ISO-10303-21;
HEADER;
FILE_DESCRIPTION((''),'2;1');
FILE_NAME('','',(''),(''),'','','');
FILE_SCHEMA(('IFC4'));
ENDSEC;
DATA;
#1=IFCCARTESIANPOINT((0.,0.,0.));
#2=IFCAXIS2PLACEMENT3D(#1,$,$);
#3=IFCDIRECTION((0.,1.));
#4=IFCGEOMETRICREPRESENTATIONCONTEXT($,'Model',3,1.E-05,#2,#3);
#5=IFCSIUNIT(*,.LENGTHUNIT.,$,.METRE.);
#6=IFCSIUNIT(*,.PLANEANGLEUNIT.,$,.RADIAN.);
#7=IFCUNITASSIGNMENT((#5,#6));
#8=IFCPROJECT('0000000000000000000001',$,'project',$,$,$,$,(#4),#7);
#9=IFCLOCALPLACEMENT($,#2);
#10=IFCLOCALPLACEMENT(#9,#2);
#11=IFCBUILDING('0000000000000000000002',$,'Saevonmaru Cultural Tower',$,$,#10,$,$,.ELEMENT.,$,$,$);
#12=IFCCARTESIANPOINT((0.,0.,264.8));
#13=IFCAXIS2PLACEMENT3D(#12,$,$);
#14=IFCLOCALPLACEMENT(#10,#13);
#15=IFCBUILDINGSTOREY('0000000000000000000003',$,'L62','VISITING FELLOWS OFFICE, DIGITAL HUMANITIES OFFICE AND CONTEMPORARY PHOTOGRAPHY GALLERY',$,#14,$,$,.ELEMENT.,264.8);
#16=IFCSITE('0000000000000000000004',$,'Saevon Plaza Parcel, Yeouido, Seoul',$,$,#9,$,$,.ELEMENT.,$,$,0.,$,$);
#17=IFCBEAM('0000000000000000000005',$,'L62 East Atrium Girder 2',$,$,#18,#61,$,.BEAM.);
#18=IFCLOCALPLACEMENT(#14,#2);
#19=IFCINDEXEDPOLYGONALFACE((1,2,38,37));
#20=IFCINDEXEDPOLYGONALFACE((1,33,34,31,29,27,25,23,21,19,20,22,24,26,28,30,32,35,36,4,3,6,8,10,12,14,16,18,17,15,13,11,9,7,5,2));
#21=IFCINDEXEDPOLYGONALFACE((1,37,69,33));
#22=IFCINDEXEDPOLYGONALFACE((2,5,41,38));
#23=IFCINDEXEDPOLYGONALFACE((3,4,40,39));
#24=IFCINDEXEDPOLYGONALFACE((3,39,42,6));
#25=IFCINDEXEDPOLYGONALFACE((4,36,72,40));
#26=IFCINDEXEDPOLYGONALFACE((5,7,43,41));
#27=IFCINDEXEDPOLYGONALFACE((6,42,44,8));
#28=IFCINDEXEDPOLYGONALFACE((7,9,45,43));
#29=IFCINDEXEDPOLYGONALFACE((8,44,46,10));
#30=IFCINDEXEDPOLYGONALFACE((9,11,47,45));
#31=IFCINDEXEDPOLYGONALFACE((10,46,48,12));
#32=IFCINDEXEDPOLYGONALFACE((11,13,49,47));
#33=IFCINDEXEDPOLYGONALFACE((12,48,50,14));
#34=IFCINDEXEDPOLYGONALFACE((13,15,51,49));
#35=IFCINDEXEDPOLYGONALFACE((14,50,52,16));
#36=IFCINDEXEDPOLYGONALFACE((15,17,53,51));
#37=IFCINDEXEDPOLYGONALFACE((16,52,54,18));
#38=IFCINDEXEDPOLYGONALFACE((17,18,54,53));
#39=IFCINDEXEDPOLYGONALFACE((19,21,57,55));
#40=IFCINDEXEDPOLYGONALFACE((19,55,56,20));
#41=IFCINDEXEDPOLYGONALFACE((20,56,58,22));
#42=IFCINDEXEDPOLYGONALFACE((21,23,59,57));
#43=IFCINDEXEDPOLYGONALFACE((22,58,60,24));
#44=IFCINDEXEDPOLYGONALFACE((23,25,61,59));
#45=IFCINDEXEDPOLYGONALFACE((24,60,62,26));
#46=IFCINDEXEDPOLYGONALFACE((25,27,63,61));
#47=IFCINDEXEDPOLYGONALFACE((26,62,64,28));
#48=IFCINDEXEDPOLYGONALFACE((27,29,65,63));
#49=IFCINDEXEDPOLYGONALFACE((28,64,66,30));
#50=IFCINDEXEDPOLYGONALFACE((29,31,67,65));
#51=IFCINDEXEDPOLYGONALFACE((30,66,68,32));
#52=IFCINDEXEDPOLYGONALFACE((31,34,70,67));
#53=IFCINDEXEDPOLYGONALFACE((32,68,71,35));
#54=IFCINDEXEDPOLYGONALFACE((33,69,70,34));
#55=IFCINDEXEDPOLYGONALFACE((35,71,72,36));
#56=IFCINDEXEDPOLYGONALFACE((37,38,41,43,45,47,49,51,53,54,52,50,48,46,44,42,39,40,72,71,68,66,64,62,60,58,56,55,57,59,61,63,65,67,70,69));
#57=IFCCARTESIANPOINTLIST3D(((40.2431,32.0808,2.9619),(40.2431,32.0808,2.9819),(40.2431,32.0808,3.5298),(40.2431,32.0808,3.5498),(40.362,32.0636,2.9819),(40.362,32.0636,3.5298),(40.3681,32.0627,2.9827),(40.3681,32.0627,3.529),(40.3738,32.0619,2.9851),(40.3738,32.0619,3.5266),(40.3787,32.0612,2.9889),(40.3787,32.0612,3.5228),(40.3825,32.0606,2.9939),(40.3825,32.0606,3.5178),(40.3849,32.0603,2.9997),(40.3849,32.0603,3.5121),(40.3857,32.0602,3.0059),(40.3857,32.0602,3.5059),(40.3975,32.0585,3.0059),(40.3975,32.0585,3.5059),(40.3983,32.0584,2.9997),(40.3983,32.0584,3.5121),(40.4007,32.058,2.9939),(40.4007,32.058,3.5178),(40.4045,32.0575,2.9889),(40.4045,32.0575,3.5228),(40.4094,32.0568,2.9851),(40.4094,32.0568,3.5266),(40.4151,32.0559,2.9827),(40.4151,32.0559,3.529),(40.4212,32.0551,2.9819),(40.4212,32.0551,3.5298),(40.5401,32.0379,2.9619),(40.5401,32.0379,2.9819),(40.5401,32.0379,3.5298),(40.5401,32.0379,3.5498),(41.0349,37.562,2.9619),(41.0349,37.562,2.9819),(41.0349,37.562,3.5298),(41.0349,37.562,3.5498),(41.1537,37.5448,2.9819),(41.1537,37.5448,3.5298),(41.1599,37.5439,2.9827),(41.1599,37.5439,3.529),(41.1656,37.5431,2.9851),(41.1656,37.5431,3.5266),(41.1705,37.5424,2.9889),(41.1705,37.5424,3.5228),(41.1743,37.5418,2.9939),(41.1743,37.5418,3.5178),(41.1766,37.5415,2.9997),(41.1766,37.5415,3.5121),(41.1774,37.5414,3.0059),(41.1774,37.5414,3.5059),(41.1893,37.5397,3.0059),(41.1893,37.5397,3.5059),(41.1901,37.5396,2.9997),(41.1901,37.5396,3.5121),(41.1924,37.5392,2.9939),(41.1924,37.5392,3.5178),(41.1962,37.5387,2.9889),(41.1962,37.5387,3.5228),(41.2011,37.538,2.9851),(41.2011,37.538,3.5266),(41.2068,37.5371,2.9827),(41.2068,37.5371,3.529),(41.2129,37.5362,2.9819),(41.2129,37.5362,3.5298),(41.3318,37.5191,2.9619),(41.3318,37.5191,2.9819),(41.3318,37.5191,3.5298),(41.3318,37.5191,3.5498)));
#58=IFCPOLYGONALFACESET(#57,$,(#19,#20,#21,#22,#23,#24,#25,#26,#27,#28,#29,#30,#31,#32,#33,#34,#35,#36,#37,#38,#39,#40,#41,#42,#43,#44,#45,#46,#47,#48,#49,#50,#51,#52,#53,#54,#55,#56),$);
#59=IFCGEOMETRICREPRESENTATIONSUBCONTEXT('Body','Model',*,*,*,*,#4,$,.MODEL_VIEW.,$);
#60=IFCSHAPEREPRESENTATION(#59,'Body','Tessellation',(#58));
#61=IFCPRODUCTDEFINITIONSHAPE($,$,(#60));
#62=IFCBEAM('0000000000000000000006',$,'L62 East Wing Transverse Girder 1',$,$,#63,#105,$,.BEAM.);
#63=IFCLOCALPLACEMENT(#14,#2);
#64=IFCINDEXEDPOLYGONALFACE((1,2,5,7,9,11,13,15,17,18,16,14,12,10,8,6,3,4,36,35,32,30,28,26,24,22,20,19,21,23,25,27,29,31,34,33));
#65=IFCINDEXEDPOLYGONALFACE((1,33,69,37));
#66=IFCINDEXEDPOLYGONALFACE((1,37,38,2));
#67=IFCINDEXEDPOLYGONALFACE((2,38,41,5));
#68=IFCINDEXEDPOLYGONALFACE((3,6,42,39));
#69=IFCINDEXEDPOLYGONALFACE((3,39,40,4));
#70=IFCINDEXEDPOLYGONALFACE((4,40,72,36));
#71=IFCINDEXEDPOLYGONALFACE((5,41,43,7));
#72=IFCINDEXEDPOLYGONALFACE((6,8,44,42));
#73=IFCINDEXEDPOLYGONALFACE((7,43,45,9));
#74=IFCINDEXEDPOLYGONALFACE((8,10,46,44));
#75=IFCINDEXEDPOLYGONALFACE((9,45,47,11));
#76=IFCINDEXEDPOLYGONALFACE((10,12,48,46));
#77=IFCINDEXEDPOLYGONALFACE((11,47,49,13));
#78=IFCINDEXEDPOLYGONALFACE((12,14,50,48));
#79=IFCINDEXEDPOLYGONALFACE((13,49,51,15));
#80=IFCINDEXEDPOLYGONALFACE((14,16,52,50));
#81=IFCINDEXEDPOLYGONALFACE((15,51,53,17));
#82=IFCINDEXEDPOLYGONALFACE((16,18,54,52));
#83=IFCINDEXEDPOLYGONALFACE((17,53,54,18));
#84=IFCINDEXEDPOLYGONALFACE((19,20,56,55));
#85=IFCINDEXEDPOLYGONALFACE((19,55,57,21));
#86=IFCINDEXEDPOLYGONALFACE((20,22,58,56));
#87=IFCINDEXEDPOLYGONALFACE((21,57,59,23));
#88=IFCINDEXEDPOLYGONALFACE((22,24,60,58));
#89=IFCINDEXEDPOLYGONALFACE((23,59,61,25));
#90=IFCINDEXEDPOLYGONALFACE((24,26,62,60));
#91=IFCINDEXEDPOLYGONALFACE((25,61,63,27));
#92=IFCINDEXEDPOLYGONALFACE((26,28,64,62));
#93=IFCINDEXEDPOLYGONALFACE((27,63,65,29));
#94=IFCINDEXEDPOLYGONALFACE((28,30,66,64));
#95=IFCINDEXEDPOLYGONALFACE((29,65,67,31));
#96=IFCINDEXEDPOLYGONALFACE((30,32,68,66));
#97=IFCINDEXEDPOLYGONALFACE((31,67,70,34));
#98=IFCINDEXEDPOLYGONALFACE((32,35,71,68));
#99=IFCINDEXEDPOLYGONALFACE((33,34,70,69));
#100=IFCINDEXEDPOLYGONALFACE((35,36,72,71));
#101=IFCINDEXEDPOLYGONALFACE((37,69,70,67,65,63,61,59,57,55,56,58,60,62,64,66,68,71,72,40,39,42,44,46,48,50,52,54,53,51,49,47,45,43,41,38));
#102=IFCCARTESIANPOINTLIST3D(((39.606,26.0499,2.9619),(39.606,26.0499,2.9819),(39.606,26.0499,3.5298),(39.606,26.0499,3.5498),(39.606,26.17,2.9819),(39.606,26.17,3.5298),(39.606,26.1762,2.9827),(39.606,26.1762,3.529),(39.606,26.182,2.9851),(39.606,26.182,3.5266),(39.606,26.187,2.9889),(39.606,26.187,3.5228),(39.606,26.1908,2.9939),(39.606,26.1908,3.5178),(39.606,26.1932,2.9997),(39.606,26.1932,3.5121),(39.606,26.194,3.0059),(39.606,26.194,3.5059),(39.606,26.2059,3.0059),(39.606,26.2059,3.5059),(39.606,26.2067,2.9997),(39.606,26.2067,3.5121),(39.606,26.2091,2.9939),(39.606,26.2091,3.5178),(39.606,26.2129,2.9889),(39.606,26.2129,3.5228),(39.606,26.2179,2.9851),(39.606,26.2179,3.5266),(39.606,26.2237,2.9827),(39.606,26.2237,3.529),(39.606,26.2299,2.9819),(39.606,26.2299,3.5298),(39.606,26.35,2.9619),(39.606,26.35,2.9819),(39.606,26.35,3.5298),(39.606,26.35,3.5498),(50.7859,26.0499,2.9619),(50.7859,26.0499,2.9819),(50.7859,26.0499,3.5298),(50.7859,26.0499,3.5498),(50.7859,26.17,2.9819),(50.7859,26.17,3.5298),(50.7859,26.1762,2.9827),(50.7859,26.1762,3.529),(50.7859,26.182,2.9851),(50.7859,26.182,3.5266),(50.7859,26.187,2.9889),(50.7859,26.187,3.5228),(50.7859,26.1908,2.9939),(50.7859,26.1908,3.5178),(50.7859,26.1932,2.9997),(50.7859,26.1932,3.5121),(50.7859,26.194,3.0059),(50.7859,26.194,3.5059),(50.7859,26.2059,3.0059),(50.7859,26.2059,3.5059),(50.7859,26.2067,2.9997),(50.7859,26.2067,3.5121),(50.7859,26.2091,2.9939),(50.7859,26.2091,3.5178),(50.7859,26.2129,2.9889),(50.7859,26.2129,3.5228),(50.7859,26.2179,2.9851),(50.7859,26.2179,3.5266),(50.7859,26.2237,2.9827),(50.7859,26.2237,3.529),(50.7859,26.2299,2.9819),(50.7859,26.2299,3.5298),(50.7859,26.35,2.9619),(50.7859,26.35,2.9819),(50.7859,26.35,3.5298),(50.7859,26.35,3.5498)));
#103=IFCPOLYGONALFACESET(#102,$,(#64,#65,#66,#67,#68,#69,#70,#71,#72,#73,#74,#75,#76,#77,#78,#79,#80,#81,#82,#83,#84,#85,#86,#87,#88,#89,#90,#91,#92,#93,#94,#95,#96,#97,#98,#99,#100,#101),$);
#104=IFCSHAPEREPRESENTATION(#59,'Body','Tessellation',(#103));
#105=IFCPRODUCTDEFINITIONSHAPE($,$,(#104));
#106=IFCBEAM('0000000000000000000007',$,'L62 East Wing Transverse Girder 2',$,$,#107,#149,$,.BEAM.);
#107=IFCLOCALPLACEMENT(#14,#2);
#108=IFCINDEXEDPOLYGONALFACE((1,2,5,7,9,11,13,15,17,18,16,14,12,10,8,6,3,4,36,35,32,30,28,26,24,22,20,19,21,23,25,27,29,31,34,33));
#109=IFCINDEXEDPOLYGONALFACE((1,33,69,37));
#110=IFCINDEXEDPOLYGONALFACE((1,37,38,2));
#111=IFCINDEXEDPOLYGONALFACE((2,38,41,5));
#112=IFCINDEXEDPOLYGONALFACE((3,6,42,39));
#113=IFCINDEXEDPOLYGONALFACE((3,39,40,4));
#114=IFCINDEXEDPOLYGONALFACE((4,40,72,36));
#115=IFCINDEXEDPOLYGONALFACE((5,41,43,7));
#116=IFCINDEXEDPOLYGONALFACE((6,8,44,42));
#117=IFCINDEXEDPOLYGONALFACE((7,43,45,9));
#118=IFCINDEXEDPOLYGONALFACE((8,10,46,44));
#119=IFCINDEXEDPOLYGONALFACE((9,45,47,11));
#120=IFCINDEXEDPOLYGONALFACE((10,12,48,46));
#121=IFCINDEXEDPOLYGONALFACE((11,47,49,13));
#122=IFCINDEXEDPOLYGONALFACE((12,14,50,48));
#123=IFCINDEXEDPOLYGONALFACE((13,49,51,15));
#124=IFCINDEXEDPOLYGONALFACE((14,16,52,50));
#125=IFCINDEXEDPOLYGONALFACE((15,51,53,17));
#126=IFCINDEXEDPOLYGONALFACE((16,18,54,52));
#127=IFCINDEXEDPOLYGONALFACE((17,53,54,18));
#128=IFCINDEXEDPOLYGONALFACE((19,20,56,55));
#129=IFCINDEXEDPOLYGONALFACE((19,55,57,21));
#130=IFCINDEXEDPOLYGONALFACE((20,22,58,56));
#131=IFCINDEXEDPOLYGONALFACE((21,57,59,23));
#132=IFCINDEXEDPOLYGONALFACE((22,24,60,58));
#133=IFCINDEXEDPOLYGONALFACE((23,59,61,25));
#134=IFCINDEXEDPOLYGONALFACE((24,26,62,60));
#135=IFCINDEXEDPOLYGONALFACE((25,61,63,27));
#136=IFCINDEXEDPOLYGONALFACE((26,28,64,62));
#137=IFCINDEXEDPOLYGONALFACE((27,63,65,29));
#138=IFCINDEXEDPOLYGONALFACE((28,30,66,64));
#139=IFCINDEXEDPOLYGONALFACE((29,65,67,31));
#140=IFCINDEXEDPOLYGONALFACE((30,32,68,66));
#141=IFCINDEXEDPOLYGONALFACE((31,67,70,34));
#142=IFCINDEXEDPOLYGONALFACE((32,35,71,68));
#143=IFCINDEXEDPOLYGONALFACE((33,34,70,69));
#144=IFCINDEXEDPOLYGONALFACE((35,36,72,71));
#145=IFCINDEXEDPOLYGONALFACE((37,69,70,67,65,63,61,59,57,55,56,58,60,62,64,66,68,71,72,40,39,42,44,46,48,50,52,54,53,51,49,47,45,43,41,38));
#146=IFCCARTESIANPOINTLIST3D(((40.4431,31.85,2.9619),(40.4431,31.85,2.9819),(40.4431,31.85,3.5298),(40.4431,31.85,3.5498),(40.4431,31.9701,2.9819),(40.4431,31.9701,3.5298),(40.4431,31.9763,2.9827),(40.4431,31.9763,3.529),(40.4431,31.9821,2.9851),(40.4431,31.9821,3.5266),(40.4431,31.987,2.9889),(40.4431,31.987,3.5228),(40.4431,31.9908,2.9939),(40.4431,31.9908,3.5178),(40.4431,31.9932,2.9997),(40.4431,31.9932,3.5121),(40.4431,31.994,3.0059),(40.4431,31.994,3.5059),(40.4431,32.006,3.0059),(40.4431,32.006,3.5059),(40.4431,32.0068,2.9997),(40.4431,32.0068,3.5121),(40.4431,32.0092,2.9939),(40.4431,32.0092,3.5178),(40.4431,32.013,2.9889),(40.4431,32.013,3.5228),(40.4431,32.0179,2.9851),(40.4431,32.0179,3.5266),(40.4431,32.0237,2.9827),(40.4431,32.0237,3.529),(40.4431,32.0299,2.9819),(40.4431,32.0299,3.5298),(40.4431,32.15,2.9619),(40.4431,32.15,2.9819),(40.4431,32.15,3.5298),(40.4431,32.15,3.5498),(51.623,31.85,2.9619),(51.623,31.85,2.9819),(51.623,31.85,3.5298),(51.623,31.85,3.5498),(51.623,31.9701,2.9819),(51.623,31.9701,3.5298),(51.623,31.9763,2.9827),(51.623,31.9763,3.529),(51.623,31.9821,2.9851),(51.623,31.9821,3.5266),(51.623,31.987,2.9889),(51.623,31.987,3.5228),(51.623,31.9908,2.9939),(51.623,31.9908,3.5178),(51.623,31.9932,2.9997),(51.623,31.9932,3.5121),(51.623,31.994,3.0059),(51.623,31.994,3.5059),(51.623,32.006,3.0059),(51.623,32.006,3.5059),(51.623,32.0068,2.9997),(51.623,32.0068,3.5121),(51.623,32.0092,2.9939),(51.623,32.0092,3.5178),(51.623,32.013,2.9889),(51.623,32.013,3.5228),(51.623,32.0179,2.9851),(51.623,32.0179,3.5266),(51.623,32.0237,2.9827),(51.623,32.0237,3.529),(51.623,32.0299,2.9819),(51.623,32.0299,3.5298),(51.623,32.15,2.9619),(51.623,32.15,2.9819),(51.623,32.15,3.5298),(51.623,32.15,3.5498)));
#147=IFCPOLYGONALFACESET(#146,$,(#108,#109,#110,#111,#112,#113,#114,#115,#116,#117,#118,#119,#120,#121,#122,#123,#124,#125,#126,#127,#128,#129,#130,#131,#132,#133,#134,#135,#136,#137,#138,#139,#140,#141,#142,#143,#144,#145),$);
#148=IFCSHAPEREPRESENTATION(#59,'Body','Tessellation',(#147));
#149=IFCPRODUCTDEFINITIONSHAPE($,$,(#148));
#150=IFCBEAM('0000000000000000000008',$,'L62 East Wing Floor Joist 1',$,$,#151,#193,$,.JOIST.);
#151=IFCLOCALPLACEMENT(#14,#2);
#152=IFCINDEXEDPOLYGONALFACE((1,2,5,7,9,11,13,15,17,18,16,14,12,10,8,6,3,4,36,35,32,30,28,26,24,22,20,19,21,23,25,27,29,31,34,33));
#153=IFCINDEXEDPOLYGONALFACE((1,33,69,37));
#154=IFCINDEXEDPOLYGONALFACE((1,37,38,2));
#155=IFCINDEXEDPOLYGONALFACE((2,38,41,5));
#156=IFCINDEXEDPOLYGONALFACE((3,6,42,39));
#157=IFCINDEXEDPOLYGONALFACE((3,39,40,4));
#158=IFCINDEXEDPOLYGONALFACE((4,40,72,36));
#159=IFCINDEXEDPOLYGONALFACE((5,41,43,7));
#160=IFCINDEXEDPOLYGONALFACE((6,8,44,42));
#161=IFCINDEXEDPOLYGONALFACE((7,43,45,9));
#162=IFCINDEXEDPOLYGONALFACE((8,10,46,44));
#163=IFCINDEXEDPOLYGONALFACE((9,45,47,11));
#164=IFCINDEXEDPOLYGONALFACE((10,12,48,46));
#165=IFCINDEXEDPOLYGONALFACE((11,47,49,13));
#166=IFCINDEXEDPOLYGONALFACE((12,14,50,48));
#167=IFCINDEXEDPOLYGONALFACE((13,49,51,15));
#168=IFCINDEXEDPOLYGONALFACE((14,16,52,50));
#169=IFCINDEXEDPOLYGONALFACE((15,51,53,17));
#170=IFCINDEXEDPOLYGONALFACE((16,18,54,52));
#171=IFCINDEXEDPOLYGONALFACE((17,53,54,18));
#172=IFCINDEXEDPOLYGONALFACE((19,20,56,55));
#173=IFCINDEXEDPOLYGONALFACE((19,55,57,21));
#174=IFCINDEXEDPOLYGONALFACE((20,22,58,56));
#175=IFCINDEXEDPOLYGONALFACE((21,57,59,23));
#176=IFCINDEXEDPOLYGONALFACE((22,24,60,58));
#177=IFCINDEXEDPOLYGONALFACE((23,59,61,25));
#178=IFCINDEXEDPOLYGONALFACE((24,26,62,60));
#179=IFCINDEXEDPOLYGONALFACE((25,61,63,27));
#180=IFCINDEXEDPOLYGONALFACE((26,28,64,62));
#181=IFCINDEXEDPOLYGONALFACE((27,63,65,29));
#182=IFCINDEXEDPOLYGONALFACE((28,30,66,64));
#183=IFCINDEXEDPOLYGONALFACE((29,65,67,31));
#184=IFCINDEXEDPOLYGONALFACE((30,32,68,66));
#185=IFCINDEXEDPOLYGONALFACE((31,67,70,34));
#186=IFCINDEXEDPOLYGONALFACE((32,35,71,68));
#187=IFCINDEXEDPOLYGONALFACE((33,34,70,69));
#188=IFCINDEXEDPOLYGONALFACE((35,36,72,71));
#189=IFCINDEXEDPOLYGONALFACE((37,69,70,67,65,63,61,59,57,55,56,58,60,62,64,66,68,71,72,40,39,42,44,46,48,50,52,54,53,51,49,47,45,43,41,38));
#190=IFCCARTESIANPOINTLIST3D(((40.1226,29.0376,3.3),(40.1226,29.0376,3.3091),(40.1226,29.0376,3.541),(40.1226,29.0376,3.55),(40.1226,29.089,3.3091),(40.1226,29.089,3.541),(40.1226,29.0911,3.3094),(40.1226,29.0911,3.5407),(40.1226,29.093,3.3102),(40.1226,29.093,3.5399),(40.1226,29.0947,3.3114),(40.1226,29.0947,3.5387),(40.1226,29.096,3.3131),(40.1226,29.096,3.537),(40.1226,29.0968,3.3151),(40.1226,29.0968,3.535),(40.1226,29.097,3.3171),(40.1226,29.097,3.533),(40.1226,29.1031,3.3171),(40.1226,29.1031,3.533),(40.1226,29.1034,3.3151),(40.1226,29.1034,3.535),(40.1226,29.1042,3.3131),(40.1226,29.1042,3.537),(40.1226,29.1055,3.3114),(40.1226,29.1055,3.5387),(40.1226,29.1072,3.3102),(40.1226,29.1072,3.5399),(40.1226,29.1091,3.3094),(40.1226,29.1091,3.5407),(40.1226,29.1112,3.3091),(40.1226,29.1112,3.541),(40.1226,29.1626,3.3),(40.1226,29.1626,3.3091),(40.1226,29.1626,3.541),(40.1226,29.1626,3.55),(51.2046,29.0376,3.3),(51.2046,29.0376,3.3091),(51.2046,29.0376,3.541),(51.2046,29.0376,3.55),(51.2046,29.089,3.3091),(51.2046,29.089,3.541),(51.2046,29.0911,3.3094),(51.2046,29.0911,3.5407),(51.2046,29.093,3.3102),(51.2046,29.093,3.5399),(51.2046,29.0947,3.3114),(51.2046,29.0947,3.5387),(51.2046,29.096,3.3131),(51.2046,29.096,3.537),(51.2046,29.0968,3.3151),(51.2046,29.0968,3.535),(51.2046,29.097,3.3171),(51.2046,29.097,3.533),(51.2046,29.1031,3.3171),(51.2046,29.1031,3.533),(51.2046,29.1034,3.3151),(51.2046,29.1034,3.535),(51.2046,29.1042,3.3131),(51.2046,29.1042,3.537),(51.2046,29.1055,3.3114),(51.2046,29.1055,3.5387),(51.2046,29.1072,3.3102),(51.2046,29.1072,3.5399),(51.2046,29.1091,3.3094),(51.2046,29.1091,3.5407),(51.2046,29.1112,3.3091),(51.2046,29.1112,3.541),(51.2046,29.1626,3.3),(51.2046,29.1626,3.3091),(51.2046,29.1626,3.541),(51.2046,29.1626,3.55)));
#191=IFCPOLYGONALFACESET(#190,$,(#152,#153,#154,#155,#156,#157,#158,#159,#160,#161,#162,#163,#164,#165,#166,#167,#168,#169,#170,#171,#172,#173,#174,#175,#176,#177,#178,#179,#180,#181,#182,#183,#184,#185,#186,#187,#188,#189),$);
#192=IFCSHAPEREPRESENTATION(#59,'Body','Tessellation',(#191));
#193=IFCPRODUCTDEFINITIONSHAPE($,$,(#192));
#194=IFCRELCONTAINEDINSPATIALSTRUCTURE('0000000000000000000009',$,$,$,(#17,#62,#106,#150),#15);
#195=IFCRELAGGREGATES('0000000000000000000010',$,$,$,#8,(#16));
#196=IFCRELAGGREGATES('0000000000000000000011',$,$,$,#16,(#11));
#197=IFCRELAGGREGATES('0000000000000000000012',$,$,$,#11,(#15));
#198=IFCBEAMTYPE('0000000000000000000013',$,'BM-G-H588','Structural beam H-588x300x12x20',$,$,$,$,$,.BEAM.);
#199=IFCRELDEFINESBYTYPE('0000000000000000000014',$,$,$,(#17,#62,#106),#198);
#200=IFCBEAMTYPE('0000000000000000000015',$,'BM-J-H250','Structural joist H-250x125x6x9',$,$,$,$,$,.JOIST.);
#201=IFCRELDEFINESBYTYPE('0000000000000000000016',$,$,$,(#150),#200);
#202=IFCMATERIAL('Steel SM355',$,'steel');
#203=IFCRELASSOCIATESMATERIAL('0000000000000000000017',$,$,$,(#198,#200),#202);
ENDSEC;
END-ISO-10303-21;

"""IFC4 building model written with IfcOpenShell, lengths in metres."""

from ifc_helpers import new_model, si_unit, direction, frame, origin, origin_2d, place, context, subcontext, project, spatial, i_section, extrude, material, material_profile, profile_set, type_object, element, save


model = new_model("IFC4")

# Units and contexts
model_context = context("Model", 3, precision=1e-05, world=origin(), true_north=direction((0.0, 1.0)))
body_context = subcontext(model_context, "Body", "Model", "MODEL_VIEW")
ifc_project = project(units=[si_unit("LENGTHUNIT", "METRE"), si_unit("PLANEANGLEUNIT", "RADIAN")], contexts=[model_context])

# Site, building, storey
site_placement = place(None, origin())
site = spatial("IfcSite", under=ifc_project, at=site_placement, Name="Saevon Plaza Parcel, Yeouido, Seoul", CompositionType="ELEMENT", RefElevation=0.0)
building_placement = place(site_placement, origin())
building = spatial("IfcBuilding", under=site, at=building_placement, Name="Saevonmaru Cultural Tower", CompositionType="ELEMENT")
storey_placement = place(building_placement, frame((0.0, 0.0, 264.8)))
storey = spatial("IfcBuildingStorey", under=building, at=storey_placement, Name="L62", Description="VISITING FELLOWS OFFICE, DIGITAL HUMANITIES OFFICE AND CONTEMPORARY PHOTOGRAPHY GALLERY", CompositionType="ELEMENT", Elevation=264.8)

# Shared definitions
ifc_material_1 = material(Name="Steel SM355", Category="steel")

# Beams
ifc_material_profile_1 = material_profile(ifc_material_1, i_section(OverallWidth=0.3, OverallDepth=0.5879, WebThickness=0.012, FlangeThickness=0.02, FilletRadius=0.0239, at=origin_2d()), Name="H-588x300x12x20")
ifc_profile_set_1 = profile_set([ifc_material_profile_1], Name="Steel SM355")
beam_type_1 = type_object("IfcBeamType", Name="BM-G-H588", Description="Structural beam H-588x300x12x20", PredefinedType="BEAM", material=ifc_profile_set_1)
beam_1_placement = place(storey_placement, frame((40.3916, 32.0593, 3.2559), z_axis=(0.142964, 0.989728, 0.0), x_axis=(-0.989728, 0.142964, 0.0)))
element("IfcBeam", 1, at=beam_1_placement, inside=storey, type_object=beam_type_1, Name="L62 East Atrium Girder 2", PredefinedType="BEAM", context=body_context, shape_type="SweptSolid", body=[
    extrude(i_section(OverallWidth=0.3, OverallDepth=0.5879, WebThickness=0.012, FlangeThickness=0.02, FilletRadius=0.0239, at=origin_2d()), origin(), (0.0, 0.0, 1.0), 5.5381),
])
for number, where, z_axis, x_axis, name in (
    (2, (39.606, 26.2, 3.2559), (1.0, 0.0, 0.0), (0.0, 1.0, 0.0), "L62 East Wing Transverse Girder 1"),
    (3, (40.4431, 32.0, 3.2559), (1.0, 0.0, 0.0), (0.0, 1.0, 0.0), "L62 East Wing Transverse Girder 2"),
):
    element("IfcBeam", number, at=place(storey_placement, frame(where, z_axis=z_axis, x_axis=x_axis)), inside=storey, type_object=beam_type_1, Name=name, PredefinedType="BEAM", context=body_context, shape_type="SweptSolid", body=[
        extrude(i_section(OverallWidth=0.3, OverallDepth=0.5879, WebThickness=0.012, FlangeThickness=0.02, FilletRadius=0.0239, at=origin_2d()), origin(), (0.0, 0.0, 1.0), 11.1799),
    ])
ifc_material_profile_2 = material_profile(ifc_material_1, i_section(OverallWidth=0.125, OverallDepth=0.25, WebThickness=0.0061, FlangeThickness=0.009, FilletRadius=0.0081, at=origin_2d()), Name="H-250x125x6x9")
ifc_profile_set_2 = profile_set([ifc_material_profile_2], Name="Steel SM355")
beam_type_2 = type_object("IfcBeamType", Name="BM-J-H250", Description="Structural joist H-250x125x6x9", PredefinedType="JOIST", material=ifc_profile_set_2)
beam_2_placement = place(storey_placement, frame((40.1226, 29.1001, 3.425), z_axis=(1.0, 0.0, 0.0), x_axis=(0.0, 1.0, 0.0)))
element("IfcBeam", 4, at=beam_2_placement, inside=storey, type_object=beam_type_2, Name="L62 East Wing Floor Joist 1", PredefinedType="JOIST", context=body_context, shape_type="SweptSolid", body=[
    extrude(i_section(OverallWidth=0.125, OverallDepth=0.25, WebThickness=0.0061, FlangeThickness=0.009, FilletRadius=0.0081, at=origin_2d()), origin(), (0.0, 0.0, 1.0), 11.082),
])

save(model, "model.ifc")
